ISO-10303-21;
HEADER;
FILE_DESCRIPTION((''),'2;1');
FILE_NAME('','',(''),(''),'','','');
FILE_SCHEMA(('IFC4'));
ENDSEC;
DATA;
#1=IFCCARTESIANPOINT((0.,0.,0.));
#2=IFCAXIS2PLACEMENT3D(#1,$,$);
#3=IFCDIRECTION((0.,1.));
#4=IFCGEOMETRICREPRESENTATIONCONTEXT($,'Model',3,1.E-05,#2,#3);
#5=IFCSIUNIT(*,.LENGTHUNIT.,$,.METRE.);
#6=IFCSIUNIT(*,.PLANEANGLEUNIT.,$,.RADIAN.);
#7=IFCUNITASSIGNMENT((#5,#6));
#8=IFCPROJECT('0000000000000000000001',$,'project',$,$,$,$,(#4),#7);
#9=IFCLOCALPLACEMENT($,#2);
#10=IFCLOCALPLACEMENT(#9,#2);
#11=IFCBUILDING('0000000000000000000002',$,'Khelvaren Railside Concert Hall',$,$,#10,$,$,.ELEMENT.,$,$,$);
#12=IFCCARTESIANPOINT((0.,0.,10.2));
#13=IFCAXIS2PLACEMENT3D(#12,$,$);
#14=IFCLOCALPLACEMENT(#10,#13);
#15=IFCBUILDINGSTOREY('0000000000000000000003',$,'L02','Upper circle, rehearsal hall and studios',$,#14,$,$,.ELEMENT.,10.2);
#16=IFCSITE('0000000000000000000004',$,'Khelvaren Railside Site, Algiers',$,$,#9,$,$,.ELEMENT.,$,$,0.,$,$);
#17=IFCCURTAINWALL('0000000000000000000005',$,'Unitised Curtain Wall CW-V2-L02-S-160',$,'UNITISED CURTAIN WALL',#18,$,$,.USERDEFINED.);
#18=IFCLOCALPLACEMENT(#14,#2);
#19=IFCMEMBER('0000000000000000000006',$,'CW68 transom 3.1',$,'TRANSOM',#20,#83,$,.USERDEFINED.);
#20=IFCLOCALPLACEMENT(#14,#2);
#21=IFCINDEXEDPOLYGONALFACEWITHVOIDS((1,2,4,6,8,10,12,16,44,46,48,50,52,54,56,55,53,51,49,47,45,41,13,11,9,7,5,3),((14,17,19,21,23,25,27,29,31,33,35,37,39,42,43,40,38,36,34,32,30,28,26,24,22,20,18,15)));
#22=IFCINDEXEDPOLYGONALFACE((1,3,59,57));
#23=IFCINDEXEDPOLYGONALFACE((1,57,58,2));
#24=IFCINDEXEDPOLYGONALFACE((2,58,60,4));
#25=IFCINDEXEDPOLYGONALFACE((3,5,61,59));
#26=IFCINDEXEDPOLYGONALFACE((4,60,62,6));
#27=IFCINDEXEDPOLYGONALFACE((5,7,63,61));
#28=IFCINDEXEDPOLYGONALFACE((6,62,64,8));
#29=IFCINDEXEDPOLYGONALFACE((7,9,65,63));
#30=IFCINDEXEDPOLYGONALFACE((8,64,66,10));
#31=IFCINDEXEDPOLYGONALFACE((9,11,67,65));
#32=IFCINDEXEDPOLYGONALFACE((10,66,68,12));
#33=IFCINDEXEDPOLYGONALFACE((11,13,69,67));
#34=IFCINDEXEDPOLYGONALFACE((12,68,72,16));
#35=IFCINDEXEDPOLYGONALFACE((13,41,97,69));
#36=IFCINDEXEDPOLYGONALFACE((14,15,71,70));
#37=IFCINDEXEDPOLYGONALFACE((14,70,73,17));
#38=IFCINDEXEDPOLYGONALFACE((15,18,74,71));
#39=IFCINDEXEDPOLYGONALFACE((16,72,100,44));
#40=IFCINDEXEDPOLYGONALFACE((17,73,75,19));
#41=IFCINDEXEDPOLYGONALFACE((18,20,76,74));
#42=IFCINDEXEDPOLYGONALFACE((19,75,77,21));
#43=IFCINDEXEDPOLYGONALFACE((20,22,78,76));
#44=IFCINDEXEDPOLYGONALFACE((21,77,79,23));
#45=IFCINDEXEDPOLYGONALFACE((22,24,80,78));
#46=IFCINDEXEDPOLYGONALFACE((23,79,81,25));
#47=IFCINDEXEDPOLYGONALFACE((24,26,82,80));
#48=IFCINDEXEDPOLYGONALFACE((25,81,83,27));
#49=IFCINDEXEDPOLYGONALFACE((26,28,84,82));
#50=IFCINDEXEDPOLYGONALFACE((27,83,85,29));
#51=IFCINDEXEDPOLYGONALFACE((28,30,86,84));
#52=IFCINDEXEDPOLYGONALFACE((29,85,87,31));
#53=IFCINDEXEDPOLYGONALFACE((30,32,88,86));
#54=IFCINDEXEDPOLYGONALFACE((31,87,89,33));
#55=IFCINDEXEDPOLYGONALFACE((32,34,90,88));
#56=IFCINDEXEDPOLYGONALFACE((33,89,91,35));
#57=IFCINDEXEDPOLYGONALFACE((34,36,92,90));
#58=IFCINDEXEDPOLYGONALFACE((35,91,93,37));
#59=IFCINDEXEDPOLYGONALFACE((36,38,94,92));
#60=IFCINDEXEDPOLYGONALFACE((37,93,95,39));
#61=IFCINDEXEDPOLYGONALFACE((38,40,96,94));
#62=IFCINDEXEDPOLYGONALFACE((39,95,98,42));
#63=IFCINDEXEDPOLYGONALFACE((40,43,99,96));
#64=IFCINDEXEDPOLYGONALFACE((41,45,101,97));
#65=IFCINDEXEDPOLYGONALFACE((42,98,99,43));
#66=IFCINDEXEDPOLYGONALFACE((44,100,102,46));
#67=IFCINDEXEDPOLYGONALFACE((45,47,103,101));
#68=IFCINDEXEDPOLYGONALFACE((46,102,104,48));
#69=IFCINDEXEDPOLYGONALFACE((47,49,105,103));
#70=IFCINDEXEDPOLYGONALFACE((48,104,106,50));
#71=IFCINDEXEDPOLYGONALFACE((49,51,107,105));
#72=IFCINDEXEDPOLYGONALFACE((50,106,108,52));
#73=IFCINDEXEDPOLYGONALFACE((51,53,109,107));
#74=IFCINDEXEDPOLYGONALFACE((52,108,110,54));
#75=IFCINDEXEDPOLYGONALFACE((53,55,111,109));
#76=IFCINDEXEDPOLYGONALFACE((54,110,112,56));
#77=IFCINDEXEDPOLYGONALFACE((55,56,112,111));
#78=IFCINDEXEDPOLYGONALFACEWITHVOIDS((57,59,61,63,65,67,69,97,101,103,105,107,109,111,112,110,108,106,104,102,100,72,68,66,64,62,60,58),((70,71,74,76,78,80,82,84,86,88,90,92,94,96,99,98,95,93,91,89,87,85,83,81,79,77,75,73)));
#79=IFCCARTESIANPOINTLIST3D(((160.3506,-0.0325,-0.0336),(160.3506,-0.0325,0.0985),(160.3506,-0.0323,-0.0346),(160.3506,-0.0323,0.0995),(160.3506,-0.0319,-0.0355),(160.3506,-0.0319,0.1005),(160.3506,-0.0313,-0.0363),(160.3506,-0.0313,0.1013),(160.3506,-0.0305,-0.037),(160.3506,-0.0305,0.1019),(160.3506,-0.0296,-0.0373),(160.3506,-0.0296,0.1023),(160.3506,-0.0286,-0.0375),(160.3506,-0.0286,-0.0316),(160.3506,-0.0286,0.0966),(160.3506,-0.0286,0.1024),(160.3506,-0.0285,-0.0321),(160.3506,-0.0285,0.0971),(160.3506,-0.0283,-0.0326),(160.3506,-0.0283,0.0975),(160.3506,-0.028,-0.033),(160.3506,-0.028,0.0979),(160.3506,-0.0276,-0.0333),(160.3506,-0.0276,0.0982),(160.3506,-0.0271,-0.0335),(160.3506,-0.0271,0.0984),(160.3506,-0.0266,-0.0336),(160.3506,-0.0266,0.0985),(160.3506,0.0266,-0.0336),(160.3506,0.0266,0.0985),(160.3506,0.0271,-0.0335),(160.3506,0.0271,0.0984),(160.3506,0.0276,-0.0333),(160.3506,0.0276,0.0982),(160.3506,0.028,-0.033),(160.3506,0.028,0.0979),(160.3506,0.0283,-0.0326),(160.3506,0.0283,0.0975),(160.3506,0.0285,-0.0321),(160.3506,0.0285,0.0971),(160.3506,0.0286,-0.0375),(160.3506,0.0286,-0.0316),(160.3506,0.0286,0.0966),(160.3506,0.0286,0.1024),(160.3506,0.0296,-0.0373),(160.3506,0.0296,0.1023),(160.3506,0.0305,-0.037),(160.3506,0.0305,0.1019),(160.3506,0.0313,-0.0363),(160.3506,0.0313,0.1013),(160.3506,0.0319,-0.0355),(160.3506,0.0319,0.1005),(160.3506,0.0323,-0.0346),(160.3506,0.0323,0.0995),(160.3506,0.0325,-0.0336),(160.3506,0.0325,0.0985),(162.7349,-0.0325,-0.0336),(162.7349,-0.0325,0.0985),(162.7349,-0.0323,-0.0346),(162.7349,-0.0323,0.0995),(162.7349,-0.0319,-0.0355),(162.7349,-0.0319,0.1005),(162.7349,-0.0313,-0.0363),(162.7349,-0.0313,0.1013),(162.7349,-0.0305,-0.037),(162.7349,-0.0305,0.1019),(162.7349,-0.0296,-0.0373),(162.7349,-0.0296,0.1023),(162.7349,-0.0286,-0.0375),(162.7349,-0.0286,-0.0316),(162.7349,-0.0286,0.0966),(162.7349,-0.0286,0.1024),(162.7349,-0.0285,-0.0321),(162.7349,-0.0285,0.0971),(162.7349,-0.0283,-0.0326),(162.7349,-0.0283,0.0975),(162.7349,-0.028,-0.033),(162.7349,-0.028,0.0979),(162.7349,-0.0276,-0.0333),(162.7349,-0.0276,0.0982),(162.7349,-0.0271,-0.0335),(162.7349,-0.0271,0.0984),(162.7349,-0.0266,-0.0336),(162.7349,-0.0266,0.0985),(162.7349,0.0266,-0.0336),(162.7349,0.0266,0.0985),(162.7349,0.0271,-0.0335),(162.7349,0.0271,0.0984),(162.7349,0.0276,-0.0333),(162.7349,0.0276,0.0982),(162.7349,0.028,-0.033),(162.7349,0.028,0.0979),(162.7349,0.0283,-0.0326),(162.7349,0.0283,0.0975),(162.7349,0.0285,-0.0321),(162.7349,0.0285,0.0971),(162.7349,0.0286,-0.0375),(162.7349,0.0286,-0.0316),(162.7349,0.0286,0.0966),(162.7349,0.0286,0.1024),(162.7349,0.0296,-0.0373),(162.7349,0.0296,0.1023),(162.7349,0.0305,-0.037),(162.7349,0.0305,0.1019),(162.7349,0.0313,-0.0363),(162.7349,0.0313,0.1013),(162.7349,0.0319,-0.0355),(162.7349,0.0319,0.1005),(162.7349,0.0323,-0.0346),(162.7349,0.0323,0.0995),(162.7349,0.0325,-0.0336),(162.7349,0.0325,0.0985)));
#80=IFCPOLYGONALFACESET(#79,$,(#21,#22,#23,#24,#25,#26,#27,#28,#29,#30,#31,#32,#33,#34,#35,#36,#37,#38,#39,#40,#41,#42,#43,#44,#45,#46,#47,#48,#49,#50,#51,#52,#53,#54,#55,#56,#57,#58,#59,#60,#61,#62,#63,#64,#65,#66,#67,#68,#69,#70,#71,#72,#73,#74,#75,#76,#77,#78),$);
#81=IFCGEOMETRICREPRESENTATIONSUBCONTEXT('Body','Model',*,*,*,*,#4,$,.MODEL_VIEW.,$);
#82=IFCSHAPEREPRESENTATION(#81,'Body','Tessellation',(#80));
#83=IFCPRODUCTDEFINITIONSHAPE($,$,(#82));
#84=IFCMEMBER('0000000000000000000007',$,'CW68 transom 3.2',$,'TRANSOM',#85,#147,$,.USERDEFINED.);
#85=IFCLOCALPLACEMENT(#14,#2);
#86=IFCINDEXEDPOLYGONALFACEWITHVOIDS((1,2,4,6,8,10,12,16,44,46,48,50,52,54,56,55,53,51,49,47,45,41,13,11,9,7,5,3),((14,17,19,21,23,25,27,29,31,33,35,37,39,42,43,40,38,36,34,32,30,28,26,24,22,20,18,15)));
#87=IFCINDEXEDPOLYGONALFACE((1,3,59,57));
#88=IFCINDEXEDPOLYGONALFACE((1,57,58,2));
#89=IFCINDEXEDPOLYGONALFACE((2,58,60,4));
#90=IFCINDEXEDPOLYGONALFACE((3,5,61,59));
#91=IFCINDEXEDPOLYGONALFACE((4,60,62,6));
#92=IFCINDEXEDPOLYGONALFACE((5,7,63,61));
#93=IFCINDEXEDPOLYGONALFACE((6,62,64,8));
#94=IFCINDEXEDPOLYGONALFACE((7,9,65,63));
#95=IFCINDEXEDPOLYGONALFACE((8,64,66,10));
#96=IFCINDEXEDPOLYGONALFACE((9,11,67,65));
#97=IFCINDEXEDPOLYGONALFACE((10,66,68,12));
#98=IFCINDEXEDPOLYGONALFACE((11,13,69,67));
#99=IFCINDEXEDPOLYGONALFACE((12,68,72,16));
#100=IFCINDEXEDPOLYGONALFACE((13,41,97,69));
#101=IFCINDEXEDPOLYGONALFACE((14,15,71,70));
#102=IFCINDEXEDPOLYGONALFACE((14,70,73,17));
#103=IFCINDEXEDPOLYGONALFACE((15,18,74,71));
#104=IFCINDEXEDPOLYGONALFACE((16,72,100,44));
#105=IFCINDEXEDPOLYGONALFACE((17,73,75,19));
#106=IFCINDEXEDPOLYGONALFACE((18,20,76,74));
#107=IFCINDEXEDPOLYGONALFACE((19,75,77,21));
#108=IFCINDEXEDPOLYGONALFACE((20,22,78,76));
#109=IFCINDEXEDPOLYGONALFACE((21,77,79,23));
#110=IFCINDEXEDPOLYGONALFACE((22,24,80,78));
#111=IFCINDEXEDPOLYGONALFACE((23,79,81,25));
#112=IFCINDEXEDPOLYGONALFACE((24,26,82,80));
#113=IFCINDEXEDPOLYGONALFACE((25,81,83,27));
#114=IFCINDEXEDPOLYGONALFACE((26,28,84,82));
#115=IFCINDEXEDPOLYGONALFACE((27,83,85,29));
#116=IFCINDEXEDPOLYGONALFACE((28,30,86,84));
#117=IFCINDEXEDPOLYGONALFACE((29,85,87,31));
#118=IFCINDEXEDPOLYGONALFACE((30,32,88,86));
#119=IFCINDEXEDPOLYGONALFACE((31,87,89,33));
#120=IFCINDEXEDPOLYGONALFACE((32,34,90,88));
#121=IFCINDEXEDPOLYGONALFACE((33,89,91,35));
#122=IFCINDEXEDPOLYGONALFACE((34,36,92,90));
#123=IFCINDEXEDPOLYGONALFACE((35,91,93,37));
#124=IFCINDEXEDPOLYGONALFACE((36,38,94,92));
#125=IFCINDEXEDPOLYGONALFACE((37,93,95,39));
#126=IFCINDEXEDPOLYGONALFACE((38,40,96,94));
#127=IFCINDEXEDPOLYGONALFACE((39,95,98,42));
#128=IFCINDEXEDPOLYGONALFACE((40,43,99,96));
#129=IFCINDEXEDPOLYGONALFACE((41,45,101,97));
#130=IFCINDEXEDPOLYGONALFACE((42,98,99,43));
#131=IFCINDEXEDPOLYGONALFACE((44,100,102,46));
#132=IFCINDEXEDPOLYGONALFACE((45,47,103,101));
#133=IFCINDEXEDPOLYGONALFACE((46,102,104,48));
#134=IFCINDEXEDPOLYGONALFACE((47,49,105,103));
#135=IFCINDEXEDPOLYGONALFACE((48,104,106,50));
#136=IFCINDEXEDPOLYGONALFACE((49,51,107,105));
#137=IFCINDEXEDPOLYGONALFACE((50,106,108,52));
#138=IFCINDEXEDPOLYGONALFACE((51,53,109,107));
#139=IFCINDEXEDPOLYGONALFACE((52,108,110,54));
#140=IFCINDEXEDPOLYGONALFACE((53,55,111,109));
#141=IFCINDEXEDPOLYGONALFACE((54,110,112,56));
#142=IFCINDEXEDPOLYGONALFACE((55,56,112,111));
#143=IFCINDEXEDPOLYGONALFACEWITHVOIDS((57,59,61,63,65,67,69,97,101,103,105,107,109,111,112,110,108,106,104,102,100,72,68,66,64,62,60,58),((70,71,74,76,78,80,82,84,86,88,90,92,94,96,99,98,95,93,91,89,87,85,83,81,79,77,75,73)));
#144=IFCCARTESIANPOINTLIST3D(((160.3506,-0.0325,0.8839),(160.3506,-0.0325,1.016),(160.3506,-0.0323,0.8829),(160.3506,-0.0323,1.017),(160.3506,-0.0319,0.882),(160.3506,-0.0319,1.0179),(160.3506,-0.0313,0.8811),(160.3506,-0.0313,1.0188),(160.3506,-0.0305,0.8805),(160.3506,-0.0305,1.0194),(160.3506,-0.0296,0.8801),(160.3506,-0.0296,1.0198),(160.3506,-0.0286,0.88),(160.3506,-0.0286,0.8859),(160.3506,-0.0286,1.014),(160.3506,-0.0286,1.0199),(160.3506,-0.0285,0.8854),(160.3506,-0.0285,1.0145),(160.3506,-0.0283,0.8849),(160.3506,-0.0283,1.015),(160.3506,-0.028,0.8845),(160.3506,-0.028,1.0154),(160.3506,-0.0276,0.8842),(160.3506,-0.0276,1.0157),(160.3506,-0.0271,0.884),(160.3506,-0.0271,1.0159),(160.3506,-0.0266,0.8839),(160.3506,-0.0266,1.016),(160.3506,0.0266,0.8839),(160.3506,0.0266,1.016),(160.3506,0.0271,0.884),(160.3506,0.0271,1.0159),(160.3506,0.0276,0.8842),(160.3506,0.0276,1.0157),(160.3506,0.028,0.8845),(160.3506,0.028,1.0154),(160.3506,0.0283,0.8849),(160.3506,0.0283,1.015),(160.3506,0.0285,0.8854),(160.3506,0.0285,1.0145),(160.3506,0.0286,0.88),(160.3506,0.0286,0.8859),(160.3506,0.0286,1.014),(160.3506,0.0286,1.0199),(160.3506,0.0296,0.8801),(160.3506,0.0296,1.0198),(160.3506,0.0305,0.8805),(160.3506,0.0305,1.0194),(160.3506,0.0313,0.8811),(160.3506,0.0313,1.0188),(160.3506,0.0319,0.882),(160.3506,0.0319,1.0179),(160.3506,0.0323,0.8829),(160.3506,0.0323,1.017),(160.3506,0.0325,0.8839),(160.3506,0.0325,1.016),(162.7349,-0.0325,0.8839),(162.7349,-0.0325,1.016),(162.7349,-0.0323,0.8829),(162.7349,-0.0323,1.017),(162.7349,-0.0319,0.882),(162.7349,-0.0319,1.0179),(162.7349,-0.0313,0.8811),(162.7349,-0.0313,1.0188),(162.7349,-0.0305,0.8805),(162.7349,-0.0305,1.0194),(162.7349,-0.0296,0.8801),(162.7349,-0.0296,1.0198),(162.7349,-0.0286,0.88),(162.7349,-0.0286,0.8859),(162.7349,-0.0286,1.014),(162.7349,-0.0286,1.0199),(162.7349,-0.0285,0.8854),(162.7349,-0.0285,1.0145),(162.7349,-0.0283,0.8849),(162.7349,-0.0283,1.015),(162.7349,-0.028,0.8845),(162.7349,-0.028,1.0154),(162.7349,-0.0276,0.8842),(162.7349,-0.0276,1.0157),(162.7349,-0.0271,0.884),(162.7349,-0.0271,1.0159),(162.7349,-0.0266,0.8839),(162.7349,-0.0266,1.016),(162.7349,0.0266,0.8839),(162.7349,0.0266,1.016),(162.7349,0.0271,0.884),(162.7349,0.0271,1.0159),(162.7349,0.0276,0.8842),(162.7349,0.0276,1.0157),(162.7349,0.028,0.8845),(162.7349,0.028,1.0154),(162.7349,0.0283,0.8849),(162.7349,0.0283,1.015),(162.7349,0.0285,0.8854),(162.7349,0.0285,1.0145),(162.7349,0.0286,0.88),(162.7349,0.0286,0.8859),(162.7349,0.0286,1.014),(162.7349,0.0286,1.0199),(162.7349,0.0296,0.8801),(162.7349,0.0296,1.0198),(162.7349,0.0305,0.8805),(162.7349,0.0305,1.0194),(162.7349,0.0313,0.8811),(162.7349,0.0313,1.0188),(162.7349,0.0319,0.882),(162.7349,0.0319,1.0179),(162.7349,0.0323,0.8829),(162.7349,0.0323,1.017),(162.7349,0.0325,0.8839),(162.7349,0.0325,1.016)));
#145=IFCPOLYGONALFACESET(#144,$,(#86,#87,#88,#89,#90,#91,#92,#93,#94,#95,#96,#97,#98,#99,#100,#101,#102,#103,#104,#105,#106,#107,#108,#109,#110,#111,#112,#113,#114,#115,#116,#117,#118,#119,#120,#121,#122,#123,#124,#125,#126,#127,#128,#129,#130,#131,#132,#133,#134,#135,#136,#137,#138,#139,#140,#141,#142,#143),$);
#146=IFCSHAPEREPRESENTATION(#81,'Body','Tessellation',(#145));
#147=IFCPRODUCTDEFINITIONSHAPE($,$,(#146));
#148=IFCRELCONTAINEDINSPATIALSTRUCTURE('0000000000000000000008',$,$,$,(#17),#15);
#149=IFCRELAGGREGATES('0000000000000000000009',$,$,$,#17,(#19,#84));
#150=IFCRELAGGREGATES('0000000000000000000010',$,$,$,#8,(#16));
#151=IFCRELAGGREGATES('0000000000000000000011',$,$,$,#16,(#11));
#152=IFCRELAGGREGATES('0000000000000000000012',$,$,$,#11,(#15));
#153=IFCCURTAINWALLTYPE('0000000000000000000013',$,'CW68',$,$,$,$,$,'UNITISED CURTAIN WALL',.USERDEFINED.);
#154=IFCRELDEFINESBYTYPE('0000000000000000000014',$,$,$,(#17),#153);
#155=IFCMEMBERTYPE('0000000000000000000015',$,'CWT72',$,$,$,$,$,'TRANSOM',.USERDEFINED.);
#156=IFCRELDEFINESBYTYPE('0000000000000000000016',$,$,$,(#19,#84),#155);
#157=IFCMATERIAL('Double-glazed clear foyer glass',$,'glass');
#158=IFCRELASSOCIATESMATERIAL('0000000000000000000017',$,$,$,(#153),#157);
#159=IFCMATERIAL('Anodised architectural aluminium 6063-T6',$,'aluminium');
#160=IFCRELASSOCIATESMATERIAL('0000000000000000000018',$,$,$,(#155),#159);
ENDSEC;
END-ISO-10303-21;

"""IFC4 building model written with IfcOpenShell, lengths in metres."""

from ifc_helpers import new_model, si_unit, direction, frame, origin, origin_2d, place, context, subcontext, project, spatial, hollow_rectangle, extrude, material, material_profile, profile_set, type_object, element, aggregate, save


model = new_model("IFC4")

# Units and contexts
model_context = context("Model", 3, precision=1e-05, world=origin(), true_north=direction((0.0, 1.0)))
body_context = subcontext(model_context, "Body", "Model", "MODEL_VIEW")
ifc_project = project(units=[si_unit("LENGTHUNIT", "METRE"), si_unit("PLANEANGLEUNIT", "RADIAN")], contexts=[model_context])

# Site, building, storey
site_placement = place(None, origin())
site = spatial("IfcSite", under=ifc_project, at=site_placement, Name="Khelvaren Railside Site, Algiers", CompositionType="ELEMENT", RefElevation=0.0)
building_placement = place(site_placement, origin())
building = spatial("IfcBuilding", under=site, at=building_placement, Name="Khelvaren Railside Concert Hall", CompositionType="ELEMENT")
storey_placement = place(building_placement, frame((0.0, 0.0, 10.2)))
storey = spatial("IfcBuildingStorey", under=building, at=storey_placement, Name="L02", Description="Upper circle, rehearsal hall and studios", CompositionType="ELEMENT", Elevation=10.2)

# Curtain wall, members
ifc_material_1 = material(Name="Double-glazed clear foyer glass", Category="glass")
curtain_wall_type = type_object("IfcCurtainWallType", Name="CW68", ElementType="UNITISED CURTAIN WALL", PredefinedType="USERDEFINED", material=ifc_material_1)
curtain_wall_placement = place(storey_placement, origin())
curtain_wall = element("IfcCurtainWall", 1, at=curtain_wall_placement, inside=storey, type_object=curtain_wall_type, Name="Unitised Curtain Wall CW-V2-L02-S-160", ObjectType="UNITISED CURTAIN WALL", PredefinedType="USERDEFINED")
ifc_material_2 = material(Name="Anodised architectural aluminium 6063-T6", Category="aluminium")
ifc_material_profile_1 = material_profile(ifc_material_2, hollow_rectangle(XDim=0.0649, YDim=0.1399, WallThickness=0.0039, InnerFilletRadius=0.002, OuterFilletRadius=0.0039, at=origin_2d()), Name="CWT 65x140x4")
ifc_profile_set_1 = profile_set([ifc_material_profile_1], Name="Anodised architectural aluminium 6063-T6")
member_type_1 = type_object("IfcMemberType", Name="CWT72", ElementType="TRANSOM", PredefinedType="USERDEFINED", material=ifc_profile_set_1)
member_1_placement = place(storey_placement, frame((162.7349, 0.0, 0.0325), z_axis=(-1.0, 0.0, 0.0), x_axis=(0.0, -1.0, 0.0)))
member_1 = element("IfcMember", 2, at=member_1_placement, type_object=member_type_1, Name="CW68 transom 3.1", ObjectType="TRANSOM", PredefinedType="USERDEFINED", context=body_context, shape_type="SweptSolid", body=[
    extrude(hollow_rectangle(XDim=0.0649, YDim=0.1399, WallThickness=0.0039, InnerFilletRadius=0.002, OuterFilletRadius=0.0039, at=origin_2d()), origin(), (0.0, 0.0, 1.0), 2.3843),
])
member_2_placement = place(storey_placement, frame((162.7349, 0.0, 0.95), z_axis=(-1.0, 0.0, 0.0), x_axis=(0.0, -1.0, 0.0)))
member_2 = element("IfcMember", 3, at=member_2_placement, type_object=member_type_1, Name="CW68 transom 3.2", ObjectType="TRANSOM", PredefinedType="USERDEFINED", context=body_context, shape_type="SweptSolid", body=[
    extrude(hollow_rectangle(XDim=0.0649, YDim=0.1399, WallThickness=0.0039, InnerFilletRadius=0.002, OuterFilletRadius=0.0039, at=origin_2d()), origin(), (0.0, 0.0, 1.0), 2.3843),
])

aggregate(curtain_wall, [member_1, member_2])

save(model, "model.ifc")
